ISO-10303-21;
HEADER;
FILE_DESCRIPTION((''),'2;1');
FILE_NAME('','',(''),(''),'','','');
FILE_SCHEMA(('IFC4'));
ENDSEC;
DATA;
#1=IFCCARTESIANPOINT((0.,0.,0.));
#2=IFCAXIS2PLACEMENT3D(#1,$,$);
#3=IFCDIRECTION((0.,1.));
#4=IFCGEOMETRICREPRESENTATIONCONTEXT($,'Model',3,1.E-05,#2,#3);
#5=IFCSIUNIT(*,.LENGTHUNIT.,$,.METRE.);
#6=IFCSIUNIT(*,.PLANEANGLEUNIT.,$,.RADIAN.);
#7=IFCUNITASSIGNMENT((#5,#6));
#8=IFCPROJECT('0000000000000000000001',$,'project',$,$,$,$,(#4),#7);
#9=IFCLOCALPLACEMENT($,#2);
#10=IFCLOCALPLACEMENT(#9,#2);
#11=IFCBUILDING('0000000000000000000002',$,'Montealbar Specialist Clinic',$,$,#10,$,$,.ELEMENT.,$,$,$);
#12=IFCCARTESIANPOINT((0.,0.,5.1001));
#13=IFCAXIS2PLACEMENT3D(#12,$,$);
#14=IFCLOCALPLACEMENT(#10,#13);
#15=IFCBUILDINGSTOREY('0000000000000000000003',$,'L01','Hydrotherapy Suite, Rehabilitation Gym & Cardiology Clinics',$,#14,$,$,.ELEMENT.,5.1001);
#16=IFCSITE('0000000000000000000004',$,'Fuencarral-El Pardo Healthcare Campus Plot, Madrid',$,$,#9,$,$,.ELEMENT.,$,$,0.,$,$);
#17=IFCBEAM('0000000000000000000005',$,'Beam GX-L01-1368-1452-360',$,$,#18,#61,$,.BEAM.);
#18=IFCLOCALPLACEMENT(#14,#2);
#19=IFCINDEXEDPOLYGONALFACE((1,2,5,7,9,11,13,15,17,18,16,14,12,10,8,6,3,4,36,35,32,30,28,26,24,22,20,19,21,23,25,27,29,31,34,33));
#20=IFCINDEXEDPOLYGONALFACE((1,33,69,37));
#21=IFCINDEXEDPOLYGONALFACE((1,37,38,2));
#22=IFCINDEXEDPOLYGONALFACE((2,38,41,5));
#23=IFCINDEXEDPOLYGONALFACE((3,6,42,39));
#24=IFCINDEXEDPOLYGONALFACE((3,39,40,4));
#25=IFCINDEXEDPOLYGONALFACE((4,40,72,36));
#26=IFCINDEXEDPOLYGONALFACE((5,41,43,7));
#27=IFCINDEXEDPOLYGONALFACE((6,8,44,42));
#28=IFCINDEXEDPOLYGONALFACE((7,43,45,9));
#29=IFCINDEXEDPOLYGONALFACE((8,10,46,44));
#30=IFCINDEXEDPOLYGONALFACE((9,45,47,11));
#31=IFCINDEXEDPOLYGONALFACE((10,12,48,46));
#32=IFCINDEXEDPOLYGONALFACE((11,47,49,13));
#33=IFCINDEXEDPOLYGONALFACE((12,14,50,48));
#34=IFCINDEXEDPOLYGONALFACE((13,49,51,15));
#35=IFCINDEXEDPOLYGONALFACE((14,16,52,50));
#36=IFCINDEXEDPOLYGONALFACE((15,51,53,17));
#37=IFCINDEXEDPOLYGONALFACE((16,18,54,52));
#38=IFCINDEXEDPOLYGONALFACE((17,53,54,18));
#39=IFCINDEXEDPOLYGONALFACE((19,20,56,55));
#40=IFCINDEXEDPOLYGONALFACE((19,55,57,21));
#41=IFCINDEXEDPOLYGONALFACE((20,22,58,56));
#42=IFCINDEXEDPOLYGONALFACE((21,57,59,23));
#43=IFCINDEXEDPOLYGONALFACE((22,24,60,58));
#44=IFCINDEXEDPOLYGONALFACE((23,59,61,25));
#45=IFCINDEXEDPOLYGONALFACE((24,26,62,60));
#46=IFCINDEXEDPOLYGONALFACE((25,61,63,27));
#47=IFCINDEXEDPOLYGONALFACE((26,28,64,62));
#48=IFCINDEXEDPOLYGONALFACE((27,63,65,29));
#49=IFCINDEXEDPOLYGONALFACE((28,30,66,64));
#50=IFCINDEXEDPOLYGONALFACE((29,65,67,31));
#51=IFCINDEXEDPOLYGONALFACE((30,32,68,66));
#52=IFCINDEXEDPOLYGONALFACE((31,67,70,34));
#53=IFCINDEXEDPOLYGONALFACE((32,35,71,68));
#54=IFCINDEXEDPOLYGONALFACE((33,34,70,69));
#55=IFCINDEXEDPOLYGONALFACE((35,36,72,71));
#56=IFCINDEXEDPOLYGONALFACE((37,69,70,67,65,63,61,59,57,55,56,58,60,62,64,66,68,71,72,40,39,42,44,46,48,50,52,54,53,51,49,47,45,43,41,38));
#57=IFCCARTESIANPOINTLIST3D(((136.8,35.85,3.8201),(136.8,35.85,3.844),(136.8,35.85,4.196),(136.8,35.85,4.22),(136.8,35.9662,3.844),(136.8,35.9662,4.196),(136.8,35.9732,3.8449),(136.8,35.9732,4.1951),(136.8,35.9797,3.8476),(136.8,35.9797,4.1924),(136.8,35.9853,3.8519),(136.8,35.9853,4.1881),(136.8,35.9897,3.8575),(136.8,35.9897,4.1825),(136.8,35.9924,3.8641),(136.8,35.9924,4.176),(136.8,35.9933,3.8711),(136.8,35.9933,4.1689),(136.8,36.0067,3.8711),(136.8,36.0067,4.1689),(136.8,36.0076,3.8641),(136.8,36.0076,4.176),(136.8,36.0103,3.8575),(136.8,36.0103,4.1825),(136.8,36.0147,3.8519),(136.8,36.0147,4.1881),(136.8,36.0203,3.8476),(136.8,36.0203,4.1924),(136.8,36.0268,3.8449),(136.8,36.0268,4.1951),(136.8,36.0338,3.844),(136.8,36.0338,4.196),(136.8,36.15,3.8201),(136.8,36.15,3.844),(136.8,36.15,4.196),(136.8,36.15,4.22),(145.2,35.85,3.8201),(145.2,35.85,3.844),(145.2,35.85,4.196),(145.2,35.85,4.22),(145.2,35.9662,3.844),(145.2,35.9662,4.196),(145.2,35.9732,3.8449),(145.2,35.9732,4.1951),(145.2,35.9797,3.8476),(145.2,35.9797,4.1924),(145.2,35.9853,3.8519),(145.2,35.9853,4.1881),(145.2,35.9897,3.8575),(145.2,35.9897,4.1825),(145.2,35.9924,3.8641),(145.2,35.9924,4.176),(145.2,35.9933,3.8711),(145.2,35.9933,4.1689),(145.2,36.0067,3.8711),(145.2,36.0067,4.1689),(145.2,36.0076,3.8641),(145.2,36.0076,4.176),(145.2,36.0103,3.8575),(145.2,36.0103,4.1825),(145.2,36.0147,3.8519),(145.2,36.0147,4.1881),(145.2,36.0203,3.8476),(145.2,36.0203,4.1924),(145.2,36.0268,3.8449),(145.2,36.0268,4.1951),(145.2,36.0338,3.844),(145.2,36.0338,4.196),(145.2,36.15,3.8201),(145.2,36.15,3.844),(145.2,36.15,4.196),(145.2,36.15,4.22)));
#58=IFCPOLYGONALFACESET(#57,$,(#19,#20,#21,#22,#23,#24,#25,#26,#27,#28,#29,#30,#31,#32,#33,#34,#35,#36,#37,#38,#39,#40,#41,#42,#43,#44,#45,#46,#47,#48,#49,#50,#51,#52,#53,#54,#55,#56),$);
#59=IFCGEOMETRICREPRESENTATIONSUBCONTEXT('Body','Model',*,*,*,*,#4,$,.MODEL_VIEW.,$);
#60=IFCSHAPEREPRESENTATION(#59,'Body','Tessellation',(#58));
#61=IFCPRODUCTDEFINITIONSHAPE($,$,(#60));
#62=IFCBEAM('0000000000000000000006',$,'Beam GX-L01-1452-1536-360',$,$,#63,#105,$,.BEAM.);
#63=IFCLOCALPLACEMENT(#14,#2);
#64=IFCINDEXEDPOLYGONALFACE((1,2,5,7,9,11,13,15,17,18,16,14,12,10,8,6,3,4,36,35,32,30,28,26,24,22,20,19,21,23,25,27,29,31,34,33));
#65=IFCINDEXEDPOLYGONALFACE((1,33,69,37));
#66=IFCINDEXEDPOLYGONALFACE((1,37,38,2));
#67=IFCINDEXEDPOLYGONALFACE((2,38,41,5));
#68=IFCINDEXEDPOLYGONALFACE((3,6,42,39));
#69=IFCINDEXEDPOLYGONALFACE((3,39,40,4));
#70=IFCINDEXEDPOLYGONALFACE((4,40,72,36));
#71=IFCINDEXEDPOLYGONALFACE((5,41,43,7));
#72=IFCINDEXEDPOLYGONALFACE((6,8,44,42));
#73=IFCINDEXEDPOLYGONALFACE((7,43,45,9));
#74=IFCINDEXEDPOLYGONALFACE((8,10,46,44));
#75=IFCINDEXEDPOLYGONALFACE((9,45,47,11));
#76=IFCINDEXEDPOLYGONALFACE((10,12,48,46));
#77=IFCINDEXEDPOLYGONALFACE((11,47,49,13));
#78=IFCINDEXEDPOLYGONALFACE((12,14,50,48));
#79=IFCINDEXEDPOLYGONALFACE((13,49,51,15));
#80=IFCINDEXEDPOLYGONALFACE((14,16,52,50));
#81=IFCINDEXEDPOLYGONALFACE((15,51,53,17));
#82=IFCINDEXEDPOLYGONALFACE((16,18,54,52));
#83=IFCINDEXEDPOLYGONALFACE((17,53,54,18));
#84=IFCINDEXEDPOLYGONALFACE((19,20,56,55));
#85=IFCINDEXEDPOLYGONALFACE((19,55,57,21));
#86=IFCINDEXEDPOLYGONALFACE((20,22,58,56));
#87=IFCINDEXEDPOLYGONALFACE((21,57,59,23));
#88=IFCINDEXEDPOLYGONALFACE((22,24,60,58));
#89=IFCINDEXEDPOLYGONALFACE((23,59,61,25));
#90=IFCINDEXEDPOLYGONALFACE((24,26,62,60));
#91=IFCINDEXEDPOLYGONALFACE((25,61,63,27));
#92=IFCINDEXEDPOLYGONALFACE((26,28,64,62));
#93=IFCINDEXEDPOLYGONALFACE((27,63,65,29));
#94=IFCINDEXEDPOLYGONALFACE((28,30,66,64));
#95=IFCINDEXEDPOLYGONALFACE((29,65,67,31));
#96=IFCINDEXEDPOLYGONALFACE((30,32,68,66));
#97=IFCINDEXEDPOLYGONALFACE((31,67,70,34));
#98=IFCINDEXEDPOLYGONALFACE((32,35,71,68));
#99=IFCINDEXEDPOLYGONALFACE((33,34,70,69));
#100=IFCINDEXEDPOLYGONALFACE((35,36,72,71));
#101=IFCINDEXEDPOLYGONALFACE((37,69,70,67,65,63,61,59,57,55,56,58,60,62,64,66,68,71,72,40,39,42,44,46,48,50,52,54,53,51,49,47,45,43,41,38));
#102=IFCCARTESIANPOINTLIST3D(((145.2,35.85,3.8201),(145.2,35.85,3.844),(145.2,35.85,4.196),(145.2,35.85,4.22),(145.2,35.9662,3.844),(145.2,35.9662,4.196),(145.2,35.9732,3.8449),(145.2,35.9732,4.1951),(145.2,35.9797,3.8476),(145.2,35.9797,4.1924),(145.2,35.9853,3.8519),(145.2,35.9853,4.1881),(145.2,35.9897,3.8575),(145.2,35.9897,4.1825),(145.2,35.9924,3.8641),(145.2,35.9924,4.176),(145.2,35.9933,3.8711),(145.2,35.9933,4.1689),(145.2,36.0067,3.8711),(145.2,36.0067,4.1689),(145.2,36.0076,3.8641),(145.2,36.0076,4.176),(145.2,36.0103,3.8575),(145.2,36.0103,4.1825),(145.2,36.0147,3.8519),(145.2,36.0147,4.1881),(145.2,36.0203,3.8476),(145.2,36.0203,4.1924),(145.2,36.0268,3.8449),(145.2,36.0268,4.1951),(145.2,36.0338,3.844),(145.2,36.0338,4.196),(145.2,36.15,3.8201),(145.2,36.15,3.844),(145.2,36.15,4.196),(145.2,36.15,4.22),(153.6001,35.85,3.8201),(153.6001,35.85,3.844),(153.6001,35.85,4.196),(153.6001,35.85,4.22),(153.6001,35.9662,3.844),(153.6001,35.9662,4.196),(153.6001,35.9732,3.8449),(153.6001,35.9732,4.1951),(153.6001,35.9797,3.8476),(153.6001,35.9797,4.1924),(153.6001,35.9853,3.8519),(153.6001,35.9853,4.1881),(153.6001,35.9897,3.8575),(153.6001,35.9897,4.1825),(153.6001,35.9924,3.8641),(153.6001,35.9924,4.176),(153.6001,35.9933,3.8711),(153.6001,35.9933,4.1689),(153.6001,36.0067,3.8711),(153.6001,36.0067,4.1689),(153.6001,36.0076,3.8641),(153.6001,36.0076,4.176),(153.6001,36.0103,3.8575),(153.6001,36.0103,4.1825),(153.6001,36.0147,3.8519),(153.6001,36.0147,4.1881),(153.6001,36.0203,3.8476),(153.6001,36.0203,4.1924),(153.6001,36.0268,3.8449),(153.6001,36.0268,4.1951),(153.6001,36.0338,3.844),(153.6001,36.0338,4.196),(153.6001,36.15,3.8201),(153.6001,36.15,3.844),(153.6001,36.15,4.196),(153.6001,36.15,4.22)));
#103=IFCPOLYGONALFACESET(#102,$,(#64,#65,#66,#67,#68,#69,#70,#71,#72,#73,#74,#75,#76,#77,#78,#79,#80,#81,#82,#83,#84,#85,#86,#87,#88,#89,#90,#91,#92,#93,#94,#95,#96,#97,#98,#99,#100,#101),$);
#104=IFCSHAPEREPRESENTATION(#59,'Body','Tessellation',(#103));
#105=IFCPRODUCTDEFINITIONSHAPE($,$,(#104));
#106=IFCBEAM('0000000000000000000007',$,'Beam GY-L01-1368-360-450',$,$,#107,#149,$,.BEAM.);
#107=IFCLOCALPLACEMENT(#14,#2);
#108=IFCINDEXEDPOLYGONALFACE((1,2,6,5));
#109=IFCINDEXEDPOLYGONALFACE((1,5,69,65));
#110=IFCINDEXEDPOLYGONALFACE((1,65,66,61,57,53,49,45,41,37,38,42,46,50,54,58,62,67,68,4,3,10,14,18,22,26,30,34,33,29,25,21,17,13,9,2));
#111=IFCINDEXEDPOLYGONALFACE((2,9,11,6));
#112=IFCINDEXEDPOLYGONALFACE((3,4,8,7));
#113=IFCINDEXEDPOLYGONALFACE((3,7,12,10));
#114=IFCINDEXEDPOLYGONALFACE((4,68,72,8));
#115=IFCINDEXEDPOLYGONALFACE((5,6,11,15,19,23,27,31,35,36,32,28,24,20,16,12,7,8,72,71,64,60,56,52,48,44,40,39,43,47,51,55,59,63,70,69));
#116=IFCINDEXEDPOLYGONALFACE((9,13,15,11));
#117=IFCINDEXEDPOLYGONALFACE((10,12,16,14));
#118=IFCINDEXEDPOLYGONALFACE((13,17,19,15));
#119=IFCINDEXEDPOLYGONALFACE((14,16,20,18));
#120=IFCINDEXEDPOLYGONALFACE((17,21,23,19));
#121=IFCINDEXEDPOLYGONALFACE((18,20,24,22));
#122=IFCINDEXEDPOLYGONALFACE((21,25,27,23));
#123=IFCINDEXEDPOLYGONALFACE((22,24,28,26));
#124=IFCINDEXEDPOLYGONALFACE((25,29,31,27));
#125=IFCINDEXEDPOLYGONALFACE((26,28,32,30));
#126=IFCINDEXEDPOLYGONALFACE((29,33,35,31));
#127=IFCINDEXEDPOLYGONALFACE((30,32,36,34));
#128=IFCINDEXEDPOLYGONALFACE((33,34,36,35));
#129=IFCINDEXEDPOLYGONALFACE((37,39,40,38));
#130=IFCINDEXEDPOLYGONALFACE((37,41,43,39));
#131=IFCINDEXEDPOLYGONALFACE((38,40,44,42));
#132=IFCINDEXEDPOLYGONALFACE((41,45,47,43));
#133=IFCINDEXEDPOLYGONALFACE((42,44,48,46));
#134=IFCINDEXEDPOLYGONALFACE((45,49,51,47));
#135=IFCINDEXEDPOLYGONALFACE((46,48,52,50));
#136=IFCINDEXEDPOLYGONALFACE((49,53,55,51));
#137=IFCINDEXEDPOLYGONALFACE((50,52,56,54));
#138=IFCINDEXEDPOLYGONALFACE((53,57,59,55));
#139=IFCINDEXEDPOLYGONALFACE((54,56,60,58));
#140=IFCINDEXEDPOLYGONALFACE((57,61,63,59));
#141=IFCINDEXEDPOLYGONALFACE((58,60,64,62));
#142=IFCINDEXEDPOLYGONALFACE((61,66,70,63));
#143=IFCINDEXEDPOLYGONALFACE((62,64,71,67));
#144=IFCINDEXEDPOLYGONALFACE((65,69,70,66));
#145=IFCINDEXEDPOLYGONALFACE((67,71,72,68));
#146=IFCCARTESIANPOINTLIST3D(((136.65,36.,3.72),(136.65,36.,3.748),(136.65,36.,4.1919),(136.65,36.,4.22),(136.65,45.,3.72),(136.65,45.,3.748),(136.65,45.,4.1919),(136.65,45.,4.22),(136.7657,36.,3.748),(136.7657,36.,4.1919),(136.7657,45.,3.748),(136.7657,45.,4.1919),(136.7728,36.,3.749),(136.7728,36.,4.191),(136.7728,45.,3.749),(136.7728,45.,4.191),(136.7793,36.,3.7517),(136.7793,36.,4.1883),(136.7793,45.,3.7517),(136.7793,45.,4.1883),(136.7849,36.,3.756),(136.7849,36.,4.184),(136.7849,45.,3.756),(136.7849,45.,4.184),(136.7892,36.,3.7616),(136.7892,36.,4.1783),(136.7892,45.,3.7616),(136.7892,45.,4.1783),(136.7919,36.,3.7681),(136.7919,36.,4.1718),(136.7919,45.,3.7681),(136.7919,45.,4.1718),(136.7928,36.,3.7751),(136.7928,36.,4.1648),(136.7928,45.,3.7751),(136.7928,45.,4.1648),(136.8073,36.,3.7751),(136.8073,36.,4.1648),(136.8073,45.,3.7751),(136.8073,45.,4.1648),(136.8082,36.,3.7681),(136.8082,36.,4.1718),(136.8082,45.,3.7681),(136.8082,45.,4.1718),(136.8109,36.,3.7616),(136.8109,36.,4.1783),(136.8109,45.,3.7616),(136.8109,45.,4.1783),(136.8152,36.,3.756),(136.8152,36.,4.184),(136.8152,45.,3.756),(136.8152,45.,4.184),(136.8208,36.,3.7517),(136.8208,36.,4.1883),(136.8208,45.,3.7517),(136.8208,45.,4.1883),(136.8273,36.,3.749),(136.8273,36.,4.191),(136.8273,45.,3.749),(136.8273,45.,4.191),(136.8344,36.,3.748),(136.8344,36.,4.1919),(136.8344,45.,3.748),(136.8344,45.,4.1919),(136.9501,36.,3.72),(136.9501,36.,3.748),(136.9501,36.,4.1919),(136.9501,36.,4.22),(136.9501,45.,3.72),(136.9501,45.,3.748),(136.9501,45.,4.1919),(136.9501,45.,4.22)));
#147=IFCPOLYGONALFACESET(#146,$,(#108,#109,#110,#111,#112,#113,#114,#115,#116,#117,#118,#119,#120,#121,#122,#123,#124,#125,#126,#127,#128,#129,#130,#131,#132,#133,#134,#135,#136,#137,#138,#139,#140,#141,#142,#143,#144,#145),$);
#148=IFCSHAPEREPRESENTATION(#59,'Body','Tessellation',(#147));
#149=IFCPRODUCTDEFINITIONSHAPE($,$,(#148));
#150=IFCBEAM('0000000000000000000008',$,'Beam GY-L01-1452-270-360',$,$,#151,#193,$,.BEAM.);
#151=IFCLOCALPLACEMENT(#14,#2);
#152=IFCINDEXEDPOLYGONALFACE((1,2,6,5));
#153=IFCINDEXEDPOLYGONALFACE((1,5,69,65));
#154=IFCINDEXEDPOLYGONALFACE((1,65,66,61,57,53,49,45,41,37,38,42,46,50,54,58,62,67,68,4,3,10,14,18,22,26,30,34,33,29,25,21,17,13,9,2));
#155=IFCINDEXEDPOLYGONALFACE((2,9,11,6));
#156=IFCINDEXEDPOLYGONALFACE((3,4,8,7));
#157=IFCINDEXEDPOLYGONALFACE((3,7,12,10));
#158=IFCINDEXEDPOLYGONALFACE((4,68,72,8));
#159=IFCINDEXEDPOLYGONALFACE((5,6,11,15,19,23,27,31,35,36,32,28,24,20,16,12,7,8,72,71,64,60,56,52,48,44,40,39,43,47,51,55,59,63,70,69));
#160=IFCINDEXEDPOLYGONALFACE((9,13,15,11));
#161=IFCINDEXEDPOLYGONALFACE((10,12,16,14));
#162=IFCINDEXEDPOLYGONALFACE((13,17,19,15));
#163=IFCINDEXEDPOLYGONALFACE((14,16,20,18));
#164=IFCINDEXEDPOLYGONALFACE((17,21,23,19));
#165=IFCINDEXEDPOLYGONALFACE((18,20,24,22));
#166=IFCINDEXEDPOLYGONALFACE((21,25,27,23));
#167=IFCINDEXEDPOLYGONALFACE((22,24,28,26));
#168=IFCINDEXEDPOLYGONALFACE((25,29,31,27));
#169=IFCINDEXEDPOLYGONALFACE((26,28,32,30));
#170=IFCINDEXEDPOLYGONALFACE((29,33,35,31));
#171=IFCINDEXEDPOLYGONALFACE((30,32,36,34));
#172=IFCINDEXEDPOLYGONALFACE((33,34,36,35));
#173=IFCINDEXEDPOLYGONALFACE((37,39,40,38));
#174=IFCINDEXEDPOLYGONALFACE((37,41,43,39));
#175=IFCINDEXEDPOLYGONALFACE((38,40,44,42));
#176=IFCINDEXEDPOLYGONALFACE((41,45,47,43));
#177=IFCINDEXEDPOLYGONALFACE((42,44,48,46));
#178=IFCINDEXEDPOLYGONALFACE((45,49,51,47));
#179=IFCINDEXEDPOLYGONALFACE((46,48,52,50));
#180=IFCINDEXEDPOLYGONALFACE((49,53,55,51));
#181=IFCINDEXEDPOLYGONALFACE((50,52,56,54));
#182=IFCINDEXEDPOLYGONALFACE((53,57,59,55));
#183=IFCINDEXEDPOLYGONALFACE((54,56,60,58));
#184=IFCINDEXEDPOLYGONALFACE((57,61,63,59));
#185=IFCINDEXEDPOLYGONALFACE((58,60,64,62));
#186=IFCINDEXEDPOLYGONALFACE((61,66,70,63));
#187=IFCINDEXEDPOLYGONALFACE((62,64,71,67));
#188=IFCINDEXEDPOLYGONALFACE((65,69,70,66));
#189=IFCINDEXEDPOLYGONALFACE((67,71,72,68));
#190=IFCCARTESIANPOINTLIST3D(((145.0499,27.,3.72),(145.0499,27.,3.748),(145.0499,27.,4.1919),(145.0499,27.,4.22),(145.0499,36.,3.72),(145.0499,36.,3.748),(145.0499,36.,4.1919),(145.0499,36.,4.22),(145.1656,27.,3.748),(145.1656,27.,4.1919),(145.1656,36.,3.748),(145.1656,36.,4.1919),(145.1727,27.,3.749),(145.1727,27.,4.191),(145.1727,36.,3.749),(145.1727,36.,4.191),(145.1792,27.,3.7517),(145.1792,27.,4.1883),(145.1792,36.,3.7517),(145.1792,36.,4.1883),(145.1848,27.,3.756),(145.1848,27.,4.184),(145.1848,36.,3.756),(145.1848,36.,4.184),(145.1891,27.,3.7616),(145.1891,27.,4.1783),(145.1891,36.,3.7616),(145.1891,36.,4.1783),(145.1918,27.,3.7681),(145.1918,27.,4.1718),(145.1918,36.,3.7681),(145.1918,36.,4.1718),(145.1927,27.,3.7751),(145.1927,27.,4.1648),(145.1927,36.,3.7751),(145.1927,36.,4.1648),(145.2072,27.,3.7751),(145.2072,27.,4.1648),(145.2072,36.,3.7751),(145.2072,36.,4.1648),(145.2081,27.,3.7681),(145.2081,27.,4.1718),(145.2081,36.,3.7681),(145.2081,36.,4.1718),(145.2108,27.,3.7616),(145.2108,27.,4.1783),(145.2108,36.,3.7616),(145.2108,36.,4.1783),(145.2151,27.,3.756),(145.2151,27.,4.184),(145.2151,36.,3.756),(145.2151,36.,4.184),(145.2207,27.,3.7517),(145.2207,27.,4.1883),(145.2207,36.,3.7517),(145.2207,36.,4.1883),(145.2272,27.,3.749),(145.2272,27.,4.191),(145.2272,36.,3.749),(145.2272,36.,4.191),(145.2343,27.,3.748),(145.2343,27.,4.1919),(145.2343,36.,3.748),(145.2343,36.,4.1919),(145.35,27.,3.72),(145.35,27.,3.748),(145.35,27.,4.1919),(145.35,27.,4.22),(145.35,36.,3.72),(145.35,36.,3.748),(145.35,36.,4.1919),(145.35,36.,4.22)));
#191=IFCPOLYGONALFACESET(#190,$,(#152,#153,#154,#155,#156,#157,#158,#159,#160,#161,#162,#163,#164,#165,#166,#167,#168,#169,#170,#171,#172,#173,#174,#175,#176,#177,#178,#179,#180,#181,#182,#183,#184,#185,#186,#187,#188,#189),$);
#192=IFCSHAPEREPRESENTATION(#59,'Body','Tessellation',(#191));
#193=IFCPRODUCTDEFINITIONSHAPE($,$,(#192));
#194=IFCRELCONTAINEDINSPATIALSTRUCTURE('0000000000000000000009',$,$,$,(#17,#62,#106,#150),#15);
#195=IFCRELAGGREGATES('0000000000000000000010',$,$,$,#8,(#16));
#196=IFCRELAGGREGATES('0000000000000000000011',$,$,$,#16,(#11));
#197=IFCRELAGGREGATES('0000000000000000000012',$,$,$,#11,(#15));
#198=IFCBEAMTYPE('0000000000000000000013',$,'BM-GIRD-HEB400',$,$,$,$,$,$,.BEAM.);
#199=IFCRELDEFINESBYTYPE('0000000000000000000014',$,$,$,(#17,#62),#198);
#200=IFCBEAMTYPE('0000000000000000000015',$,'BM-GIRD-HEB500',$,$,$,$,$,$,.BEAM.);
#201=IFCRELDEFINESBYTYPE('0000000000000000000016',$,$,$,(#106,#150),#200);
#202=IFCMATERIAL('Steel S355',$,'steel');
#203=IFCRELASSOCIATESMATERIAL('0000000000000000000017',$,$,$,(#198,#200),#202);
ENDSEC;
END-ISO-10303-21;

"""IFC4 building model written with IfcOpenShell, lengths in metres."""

from ifc_helpers import new_model, si_unit, direction, frame, origin, origin_2d, place, context, subcontext, project, spatial, i_section, extrude, material, material_profile, profile_set, type_object, element, save


model = new_model("IFC4")

# Units and contexts
model_context = context("Model", 3, precision=1e-05, world=origin(), true_north=direction((0.0, 1.0)))
body_context = subcontext(model_context, "Body", "Model", "MODEL_VIEW")
ifc_project = project(units=[si_unit("LENGTHUNIT", "METRE"), si_unit("PLANEANGLEUNIT", "RADIAN")], contexts=[model_context])

# Site, building, storey
site_placement = place(None, origin())
site = spatial("IfcSite", under=ifc_project, at=site_placement, Name="Fuencarral-El Pardo Healthcare Campus Plot, Madrid", CompositionType="ELEMENT", RefElevation=0.0)
building_placement = place(site_placement, origin())
building = spatial("IfcBuilding", under=site, at=building_placement, Name="Montealbar Specialist Clinic", CompositionType="ELEMENT")
storey_placement = place(building_placement, frame((0.0, 0.0, 5.1001)))
storey = spatial("IfcBuildingStorey", under=building, at=storey_placement, Name="L01", Description="Hydrotherapy Suite, Rehabilitation Gym & Cardiology Clinics", CompositionType="ELEMENT", Elevation=5.1001)

# Shared definitions
ifc_material_1 = material(Name="Steel S355", Category="steel")

# Beams
ifc_material_profile_1 = material_profile(ifc_material_1, i_section(OverallWidth=0.3, OverallDepth=0.3999, WebThickness=0.0134, FlangeThickness=0.0239, FilletRadius=0.0271, at=origin_2d()), Name="HEB 400", Category="steel")
ifc_profile_set_1 = profile_set([ifc_material_profile_1], Name="Steel S355")
beam_type_1 = type_object("IfcBeamType", Name="BM-GIRD-HEB400", PredefinedType="BEAM", material=ifc_profile_set_1)
beam_1_placement = place(storey_placement, frame((136.8, 36.0, 4.02), z_axis=(1.0, 0.0, 0.0), x_axis=(0.0, 1.0, 0.0)))
element("IfcBeam", 1, at=beam_1_placement, inside=storey, type_object=beam_type_1, Name="Beam GX-L01-1368-1452-360", PredefinedType="BEAM", context=body_context, shape_type="SweptSolid", body=[
    extrude(i_section(OverallWidth=0.3, OverallDepth=0.3999, WebThickness=0.0134, FlangeThickness=0.0239, FilletRadius=0.0271, at=origin_2d()), origin(), (0.0, 0.0, 1.0), 8.3999),
])
beam_2_placement = place(storey_placement, frame((145.2, 36.0, 4.02), z_axis=(1.0, 0.0, 0.0), x_axis=(0.0, 1.0, 0.0)))
element("IfcBeam", 2, at=beam_2_placement, inside=storey, type_object=beam_type_1, Name="Beam GX-L01-1452-1536-360", PredefinedType="BEAM", context=body_context, shape_type="SweptSolid", body=[
    extrude(i_section(OverallWidth=0.3, OverallDepth=0.3999, WebThickness=0.0134, FlangeThickness=0.0239, FilletRadius=0.0271, at=origin_2d()), origin(), (0.0, 0.0, 1.0), 8.4001),
])
ifc_material_profile_2 = material_profile(ifc_material_1, i_section(OverallWidth=0.3, OverallDepth=0.5, WebThickness=0.0144, FlangeThickness=0.0281, FilletRadius=0.0271, at=origin_2d()), Name="HEB 500", Category="steel")
ifc_profile_set_2 = profile_set([ifc_material_profile_2], Name="Steel S355")
beam_type_2 = type_object("IfcBeamType", Name="BM-GIRD-HEB500", PredefinedType="BEAM", material=ifc_profile_set_2)
for number, where, z_axis, x_axis, name in (
    (3, (136.8, 36.0, 3.97), (0.0, 1.0, 0.0), (-1.0, 0.0, 0.0), "Beam GY-L01-1368-360-450"),
    (4, (145.2, 27.0, 3.97), (0.0, 1.0, 0.0), (-1.0, 0.0, 0.0), "Beam GY-L01-1452-270-360"),
):
    element("IfcBeam", number, at=place(storey_placement, frame(where, z_axis=z_axis, x_axis=x_axis)), inside=storey, type_object=beam_type_2, Name=name, PredefinedType="BEAM", context=body_context, shape_type="SweptSolid", body=[
        extrude(i_section(OverallWidth=0.3, OverallDepth=0.5, WebThickness=0.0144, FlangeThickness=0.0281, FilletRadius=0.0271, at=origin_2d()), origin(), (0.0, 0.0, 1.0), 9.0),
    ])

save(model, "model.ifc")
